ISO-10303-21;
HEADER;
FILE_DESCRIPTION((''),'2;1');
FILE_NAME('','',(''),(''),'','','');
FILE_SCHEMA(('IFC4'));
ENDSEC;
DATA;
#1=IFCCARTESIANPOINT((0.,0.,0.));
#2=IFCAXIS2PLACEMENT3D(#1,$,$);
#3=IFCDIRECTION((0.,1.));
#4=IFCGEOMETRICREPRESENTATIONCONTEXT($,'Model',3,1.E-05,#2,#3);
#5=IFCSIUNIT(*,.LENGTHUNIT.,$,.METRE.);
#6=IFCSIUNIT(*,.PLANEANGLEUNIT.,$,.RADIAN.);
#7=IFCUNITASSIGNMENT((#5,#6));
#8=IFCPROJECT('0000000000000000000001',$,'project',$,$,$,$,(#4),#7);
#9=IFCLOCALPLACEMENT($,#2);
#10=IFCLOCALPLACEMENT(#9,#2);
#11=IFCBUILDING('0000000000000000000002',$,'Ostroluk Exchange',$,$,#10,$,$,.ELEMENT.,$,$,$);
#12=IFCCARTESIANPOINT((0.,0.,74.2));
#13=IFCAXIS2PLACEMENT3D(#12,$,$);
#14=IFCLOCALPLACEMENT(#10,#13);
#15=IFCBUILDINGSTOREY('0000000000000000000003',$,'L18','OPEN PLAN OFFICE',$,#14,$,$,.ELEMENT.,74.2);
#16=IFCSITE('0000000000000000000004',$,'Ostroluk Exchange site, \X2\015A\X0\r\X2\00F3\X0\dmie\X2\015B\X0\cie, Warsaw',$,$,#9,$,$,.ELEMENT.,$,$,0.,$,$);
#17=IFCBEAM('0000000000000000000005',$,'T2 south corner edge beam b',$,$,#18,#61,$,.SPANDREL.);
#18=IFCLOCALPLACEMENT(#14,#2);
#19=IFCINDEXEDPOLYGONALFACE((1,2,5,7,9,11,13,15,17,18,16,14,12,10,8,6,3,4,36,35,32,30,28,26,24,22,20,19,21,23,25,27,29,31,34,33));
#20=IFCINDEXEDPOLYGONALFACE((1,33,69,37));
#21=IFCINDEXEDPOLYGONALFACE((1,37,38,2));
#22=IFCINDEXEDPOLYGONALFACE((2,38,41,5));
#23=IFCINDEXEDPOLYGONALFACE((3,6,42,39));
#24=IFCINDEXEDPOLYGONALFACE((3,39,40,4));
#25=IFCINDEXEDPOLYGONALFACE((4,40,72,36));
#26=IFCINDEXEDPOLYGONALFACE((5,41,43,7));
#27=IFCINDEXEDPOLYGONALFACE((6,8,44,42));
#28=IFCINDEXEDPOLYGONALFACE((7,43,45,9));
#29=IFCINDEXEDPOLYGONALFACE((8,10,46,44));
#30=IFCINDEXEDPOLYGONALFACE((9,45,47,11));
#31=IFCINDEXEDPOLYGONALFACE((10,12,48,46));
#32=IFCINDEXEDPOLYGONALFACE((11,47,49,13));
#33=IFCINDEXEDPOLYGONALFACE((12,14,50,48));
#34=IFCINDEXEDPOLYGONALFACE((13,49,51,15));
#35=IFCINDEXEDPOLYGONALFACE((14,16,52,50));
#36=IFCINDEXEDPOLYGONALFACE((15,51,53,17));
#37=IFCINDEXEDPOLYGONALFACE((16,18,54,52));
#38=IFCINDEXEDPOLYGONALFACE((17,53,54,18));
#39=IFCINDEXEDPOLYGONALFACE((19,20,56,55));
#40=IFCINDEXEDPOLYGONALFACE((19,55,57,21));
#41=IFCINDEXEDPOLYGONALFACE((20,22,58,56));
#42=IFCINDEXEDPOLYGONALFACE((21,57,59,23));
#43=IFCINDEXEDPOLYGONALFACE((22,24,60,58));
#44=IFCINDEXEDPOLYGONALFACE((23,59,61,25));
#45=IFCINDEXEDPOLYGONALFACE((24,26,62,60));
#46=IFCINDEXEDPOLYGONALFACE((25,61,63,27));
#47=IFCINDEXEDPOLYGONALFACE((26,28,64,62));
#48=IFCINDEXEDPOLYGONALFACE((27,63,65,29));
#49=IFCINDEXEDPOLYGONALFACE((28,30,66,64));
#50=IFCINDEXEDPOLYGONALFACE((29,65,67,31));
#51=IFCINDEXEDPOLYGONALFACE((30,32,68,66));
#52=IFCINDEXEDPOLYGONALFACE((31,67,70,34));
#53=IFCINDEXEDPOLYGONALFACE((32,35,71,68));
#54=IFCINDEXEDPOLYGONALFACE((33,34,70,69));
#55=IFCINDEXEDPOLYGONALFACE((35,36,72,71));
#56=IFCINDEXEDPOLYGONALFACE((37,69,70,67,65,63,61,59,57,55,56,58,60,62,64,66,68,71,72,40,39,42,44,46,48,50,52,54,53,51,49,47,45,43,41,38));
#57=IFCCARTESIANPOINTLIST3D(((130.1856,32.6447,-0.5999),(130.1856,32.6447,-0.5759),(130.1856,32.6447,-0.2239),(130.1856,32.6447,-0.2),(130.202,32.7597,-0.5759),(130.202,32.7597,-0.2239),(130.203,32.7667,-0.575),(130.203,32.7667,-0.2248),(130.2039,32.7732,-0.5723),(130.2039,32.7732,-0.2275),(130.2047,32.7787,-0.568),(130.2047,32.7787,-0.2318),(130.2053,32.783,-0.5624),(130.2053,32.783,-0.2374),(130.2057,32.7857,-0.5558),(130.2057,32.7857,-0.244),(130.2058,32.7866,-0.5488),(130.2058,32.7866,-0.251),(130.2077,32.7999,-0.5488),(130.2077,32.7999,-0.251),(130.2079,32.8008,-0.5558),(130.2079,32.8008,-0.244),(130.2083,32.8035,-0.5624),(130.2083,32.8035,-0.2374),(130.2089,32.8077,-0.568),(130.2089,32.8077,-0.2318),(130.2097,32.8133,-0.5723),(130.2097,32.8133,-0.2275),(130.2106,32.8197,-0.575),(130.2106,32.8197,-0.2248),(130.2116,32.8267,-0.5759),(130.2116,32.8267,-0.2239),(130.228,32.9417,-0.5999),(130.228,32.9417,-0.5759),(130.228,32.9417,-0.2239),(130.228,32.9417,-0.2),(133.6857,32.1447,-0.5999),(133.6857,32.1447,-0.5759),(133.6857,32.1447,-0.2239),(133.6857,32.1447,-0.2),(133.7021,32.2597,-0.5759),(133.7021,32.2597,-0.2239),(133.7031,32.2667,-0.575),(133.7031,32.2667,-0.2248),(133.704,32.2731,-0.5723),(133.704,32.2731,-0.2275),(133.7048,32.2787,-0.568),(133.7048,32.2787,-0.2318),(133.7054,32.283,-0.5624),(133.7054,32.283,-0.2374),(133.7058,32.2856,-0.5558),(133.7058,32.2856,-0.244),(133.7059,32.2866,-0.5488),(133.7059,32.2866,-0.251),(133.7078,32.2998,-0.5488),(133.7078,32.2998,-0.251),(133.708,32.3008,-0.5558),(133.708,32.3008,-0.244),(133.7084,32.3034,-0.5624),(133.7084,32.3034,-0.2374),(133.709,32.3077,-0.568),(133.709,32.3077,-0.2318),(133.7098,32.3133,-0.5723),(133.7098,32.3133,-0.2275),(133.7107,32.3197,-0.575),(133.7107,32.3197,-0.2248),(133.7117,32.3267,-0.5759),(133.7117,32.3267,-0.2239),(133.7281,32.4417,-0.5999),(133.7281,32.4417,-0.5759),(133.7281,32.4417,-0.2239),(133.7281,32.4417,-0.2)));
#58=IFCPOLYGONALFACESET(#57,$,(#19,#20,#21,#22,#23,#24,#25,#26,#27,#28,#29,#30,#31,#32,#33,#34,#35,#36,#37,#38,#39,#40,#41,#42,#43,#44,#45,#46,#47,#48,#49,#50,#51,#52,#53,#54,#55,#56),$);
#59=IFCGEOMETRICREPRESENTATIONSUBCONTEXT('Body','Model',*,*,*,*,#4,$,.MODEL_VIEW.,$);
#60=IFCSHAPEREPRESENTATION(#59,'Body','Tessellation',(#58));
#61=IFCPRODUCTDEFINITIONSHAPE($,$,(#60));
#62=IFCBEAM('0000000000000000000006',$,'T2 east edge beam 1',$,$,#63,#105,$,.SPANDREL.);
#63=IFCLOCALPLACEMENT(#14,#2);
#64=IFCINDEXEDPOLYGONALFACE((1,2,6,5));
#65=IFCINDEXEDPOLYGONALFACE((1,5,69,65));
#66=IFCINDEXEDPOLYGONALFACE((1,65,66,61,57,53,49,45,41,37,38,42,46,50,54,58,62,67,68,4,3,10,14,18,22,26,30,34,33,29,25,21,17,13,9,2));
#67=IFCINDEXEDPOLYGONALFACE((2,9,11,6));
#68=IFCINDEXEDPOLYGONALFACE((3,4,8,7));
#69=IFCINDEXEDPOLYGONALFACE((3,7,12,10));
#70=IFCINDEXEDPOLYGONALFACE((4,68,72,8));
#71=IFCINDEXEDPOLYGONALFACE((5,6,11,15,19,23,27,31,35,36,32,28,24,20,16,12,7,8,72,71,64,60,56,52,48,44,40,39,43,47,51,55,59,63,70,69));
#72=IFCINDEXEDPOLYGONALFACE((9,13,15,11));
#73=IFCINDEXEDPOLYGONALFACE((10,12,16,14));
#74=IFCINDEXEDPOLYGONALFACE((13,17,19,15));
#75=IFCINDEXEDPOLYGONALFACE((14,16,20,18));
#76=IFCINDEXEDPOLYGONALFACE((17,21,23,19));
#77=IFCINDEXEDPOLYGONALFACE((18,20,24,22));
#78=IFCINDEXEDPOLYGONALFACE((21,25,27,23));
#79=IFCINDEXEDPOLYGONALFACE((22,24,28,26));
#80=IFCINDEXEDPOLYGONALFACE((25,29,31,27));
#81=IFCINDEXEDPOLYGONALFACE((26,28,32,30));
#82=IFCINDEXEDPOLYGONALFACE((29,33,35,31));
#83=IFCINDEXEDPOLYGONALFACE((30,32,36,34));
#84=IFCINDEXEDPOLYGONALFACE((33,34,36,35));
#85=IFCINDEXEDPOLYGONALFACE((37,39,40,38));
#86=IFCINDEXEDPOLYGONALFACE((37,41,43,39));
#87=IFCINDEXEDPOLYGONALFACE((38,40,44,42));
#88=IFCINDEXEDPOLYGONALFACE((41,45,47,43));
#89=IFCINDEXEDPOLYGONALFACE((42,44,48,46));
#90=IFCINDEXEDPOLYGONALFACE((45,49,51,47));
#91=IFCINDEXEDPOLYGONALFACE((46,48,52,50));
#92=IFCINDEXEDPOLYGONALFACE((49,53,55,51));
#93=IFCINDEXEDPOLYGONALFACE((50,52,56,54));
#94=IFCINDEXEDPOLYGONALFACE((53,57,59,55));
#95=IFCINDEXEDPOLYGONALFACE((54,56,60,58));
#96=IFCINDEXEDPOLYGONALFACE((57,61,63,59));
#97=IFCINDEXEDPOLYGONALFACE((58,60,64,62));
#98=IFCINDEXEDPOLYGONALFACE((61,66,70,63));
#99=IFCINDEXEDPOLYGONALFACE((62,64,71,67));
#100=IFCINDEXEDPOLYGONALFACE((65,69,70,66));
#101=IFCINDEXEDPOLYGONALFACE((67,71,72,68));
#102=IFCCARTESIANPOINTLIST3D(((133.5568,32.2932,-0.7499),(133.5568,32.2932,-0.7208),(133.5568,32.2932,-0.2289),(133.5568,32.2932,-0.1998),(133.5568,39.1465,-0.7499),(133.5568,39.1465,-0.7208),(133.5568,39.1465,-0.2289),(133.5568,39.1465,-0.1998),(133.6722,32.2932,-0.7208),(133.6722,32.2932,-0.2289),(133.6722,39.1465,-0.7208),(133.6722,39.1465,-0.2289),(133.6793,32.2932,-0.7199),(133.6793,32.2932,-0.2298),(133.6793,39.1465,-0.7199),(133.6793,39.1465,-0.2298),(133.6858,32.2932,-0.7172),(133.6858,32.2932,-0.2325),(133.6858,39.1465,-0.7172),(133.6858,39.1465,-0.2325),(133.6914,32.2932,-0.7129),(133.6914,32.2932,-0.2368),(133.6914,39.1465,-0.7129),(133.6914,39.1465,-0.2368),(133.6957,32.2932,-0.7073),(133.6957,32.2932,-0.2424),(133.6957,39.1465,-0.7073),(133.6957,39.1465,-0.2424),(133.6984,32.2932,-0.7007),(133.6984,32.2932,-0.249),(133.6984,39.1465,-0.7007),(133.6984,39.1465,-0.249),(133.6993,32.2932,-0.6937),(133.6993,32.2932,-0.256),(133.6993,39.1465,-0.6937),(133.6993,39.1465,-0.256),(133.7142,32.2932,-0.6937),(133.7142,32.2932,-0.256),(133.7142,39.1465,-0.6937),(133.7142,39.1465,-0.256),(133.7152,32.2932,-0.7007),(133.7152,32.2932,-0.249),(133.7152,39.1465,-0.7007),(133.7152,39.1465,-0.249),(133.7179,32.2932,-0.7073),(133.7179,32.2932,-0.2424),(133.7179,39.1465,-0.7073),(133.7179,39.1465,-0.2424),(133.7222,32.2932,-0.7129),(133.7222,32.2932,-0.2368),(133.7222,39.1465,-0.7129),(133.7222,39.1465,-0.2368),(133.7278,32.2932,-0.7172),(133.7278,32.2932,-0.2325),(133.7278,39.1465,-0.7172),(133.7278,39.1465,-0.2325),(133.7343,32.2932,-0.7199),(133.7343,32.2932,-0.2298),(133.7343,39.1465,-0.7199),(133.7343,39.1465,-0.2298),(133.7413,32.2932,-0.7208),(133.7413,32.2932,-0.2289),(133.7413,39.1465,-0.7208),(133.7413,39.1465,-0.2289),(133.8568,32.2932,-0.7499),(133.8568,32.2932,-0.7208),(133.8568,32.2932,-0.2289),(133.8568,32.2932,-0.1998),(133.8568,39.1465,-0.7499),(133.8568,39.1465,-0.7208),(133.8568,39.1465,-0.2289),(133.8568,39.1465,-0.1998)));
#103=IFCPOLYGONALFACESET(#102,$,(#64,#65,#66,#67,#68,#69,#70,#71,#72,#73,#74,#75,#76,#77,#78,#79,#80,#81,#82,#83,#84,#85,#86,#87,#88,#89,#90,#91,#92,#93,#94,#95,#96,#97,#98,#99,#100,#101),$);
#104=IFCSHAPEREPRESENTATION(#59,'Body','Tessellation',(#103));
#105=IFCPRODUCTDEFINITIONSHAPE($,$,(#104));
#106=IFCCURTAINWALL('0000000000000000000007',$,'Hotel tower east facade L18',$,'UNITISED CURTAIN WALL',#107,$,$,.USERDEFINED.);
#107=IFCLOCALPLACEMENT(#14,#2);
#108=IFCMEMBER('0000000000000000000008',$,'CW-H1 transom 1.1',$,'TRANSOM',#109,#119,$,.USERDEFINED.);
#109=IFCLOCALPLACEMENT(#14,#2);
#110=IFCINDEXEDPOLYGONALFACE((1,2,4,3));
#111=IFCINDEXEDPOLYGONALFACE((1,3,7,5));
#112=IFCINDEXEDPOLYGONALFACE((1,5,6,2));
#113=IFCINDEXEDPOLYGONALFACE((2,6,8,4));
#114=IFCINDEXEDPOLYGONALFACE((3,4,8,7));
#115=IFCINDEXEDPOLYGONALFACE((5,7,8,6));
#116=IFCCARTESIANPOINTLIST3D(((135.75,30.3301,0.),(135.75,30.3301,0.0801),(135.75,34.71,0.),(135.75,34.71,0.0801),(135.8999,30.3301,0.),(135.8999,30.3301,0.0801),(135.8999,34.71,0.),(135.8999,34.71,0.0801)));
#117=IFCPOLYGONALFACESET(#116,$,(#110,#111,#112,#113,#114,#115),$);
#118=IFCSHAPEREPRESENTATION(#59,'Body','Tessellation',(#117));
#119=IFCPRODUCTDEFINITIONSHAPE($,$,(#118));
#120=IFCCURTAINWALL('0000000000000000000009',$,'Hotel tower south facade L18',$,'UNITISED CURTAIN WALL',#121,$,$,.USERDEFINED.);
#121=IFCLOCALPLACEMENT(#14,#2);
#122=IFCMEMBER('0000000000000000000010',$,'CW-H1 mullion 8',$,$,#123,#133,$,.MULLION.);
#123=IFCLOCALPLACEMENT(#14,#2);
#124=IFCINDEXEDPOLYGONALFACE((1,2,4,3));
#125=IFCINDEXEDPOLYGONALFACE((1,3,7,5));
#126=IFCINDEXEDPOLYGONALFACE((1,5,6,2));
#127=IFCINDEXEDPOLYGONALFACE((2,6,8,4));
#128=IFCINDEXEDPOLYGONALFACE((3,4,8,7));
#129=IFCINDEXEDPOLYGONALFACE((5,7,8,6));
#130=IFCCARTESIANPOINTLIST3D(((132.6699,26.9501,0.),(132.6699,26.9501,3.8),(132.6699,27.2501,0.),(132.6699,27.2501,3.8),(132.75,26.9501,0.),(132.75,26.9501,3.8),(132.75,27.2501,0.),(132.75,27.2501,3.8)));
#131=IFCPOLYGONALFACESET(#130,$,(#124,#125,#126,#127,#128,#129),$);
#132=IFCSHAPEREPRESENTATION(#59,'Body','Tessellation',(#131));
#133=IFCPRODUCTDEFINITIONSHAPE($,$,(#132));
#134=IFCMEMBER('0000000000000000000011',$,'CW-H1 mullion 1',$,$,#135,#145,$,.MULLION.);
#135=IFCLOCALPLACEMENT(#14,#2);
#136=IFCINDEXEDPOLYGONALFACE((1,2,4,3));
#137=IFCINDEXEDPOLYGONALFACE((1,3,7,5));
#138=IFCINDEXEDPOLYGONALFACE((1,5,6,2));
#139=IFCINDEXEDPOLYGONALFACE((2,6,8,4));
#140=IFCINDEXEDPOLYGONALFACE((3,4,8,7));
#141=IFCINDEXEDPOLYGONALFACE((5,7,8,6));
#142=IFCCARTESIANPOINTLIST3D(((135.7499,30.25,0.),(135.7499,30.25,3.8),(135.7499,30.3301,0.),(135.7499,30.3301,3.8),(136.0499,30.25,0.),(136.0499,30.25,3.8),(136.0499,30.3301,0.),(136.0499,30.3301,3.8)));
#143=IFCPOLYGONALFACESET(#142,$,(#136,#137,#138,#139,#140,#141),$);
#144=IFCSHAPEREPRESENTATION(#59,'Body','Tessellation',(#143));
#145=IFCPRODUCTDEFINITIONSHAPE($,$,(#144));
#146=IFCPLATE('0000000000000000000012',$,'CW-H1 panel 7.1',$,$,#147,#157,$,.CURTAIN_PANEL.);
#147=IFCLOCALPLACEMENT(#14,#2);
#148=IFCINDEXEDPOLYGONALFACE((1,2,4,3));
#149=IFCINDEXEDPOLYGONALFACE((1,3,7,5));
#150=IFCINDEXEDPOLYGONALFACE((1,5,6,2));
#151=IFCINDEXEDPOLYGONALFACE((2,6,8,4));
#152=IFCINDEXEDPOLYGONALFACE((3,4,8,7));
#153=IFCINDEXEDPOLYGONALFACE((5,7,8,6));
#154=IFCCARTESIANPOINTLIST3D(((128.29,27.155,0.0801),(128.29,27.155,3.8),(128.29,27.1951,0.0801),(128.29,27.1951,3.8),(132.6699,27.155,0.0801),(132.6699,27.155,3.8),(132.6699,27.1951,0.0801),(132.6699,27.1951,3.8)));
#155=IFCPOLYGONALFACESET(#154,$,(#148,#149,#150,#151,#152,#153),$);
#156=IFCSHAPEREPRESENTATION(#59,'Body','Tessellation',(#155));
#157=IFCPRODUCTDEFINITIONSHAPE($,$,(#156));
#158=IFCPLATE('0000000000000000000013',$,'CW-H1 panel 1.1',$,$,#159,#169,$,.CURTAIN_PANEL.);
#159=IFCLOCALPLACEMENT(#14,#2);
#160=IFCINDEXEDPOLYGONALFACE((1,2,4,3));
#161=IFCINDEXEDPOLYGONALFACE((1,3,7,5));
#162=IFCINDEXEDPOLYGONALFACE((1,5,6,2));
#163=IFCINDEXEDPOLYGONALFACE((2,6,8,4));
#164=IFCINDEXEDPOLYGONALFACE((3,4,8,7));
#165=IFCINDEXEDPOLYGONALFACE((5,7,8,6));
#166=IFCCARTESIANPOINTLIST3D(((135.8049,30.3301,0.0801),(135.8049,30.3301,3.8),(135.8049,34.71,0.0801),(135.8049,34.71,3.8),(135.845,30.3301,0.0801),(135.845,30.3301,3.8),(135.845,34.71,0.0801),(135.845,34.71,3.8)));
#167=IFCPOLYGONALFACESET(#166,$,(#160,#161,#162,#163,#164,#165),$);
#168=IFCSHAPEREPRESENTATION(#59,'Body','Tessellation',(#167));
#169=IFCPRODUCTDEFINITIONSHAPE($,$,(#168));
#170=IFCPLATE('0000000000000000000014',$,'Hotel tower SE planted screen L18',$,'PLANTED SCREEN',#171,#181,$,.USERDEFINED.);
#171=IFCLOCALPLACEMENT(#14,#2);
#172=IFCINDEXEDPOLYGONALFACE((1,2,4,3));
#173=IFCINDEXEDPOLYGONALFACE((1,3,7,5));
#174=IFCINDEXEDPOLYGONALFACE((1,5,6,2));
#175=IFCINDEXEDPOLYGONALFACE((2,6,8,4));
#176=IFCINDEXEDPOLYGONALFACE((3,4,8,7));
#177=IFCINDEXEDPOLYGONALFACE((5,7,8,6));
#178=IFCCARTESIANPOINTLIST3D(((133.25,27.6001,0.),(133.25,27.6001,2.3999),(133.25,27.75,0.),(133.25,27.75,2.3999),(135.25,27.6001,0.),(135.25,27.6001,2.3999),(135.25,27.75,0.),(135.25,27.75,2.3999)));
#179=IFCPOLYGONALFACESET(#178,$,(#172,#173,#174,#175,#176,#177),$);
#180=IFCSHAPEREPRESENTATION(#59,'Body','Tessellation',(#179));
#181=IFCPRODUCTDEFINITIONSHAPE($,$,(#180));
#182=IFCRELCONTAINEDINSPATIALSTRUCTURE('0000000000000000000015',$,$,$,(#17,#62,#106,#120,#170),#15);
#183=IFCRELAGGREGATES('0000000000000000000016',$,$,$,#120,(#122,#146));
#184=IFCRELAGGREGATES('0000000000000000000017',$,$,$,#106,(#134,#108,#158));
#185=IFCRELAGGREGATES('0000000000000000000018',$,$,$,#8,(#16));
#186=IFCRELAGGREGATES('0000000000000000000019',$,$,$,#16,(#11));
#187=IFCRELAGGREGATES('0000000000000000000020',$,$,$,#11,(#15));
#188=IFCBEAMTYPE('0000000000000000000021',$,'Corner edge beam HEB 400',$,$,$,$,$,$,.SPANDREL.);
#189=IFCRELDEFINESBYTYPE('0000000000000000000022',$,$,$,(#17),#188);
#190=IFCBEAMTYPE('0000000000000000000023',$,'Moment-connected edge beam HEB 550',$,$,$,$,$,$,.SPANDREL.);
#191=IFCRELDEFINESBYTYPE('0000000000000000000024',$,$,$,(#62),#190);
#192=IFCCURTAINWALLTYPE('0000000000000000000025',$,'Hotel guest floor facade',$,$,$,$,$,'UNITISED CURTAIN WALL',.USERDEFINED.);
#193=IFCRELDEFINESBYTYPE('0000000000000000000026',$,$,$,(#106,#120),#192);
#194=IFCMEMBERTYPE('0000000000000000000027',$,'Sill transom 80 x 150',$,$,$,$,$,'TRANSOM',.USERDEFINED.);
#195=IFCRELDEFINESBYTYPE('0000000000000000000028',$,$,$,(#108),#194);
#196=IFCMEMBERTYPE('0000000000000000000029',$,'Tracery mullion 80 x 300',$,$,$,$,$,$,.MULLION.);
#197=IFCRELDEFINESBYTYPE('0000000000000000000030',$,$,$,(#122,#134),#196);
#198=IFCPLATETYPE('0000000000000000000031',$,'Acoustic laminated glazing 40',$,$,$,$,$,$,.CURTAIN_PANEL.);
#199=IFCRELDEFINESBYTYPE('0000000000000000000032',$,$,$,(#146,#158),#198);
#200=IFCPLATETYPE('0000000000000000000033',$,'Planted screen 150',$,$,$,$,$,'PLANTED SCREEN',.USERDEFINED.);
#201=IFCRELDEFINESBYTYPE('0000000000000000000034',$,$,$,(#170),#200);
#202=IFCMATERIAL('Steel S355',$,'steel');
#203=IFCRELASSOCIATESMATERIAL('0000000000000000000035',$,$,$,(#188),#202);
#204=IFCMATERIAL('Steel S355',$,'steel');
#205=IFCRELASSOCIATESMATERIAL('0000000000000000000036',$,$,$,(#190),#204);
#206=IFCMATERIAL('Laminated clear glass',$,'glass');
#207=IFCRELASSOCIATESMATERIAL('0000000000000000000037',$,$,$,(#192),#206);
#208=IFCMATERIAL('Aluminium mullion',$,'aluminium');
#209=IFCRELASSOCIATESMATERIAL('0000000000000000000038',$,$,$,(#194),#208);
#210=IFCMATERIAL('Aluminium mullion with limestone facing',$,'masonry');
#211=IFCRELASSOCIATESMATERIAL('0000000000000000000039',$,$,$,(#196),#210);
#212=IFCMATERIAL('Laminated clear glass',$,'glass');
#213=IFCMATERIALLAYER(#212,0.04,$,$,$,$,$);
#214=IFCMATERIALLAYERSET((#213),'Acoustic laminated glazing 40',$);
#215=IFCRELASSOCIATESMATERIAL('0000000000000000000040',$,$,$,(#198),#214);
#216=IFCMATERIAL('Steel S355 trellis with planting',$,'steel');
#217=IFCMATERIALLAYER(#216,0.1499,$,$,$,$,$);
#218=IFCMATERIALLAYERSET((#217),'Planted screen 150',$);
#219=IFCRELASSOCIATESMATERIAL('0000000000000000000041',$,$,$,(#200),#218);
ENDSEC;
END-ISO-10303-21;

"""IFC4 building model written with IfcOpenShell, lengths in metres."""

from ifc_helpers import new_model, si_unit, direction, frame, origin, origin_2d, place, context, subcontext, project, spatial, rectangle, i_section, extrude, material, layer, layer_set, material_profile, profile_set, type_object, element, aggregate, save


model = new_model("IFC4")

# Units and contexts
model_context = context("Model", 3, precision=1e-05, world=origin(), true_north=direction((0.0, 1.0)))
body_context = subcontext(model_context, "Body", "Model", "MODEL_VIEW")
ifc_project = project(units=[si_unit("LENGTHUNIT", "METRE"), si_unit("PLANEANGLEUNIT", "RADIAN")], contexts=[model_context])

# Site, building, storey
site_placement = place(None, origin())
site = spatial("IfcSite", under=ifc_project, at=site_placement, Name="Ostroluk Exchange site, Śródmieście, Warsaw", CompositionType="ELEMENT", RefElevation=0.0)
building_placement = place(site_placement, origin())
building = spatial("IfcBuilding", under=site, at=building_placement, Name="Ostroluk Exchange", CompositionType="ELEMENT")
storey_placement = place(building_placement, frame((0.0, 0.0, 74.2)))
storey = spatial("IfcBuildingStorey", under=building, at=storey_placement, Name="L18", Description="OPEN PLAN OFFICE", CompositionType="ELEMENT", Elevation=74.2)

# Beams
ifc_material_1 = material(Name="Steel S355", Category="steel")
ifc_material_profile_1 = material_profile(ifc_material_1, i_section(OverallWidth=0.3, OverallDepth=0.3999, WebThickness=0.0134, FlangeThickness=0.0239, FilletRadius=0.0271, at=origin_2d()), Name="HEB 400")
ifc_profile_set_1 = profile_set([ifc_material_profile_1], Name="Steel S355")
beam_type_1 = type_object("IfcBeamType", Name="Corner edge beam HEB 400", PredefinedType="SPANDREL", material=ifc_profile_set_1)
for number, where, z_axis, x_axis, name in (
    (1, (130.2068, 32.7932, -0.3999), (0.989949, -0.141421, 0.0), (0.141421, 0.989949, 0.0), "T2 south corner edge beam b"),
):
    element("IfcBeam", number, at=place(storey_placement, frame(where, z_axis=z_axis, x_axis=x_axis)), inside=storey, type_object=beam_type_1, Name=name, PredefinedType="SPANDREL", context=body_context, shape_type="SweptSolid", body=[
        extrude(i_section(OverallWidth=0.3, OverallDepth=0.3999, WebThickness=0.0134, FlangeThickness=0.0239, FilletRadius=0.0271, at=origin_2d()), origin(), (0.0, 0.0, 1.0), 3.5356),
    ])
ifc_material_2 = material(Name="Steel S355", Category="steel")
ifc_material_profile_2 = material_profile(ifc_material_2, i_section(OverallWidth=0.3, OverallDepth=0.55, WebThickness=0.0149, FlangeThickness=0.0291, FilletRadius=0.0271, at=origin_2d()), Name="HEB 550")
ifc_profile_set_2 = profile_set([ifc_material_profile_2], Name="Steel S355")
beam_type_2 = type_object("IfcBeamType", Name="Moment-connected edge beam HEB 550", PredefinedType="SPANDREL", material=ifc_profile_set_2)
beam_1_placement = place(storey_placement, frame((133.7068, 32.2932, -0.4749), z_axis=(0.0, 1.0, 0.0), x_axis=(-1.0, 0.0, 0.0)))
element("IfcBeam", 2, at=beam_1_placement, inside=storey, type_object=beam_type_2, Name="T2 east edge beam 1", PredefinedType="SPANDREL", context=body_context, shape_type="SweptSolid", body=[
    extrude(i_section(OverallWidth=0.3, OverallDepth=0.55, WebThickness=0.0149, FlangeThickness=0.0291, FilletRadius=0.0271, at=origin_2d()), origin(), (0.0, 0.0, 1.0), 6.8533),
])

# Curtain walls, members
ifc_material_3 = material(Name="Laminated clear glass", Category="glass")
curtain_wall_type = type_object("IfcCurtainWallType", Name="Hotel guest floor facade", ElementType="UNITISED CURTAIN WALL", PredefinedType="USERDEFINED", material=ifc_material_3)
curtain_wall_1_placement = place(storey_placement, origin())
curtain_wall_1 = element("IfcCurtainWall", 3, at=curtain_wall_1_placement, inside=storey, type_object=curtain_wall_type, Name="Hotel tower east facade L18", ObjectType="UNITISED CURTAIN WALL", PredefinedType="USERDEFINED")
ifc_material_4 = material(Name="Aluminium mullion", Category="aluminium")
ifc_material_profile_3 = material_profile(ifc_material_4, rectangle(XDim=0.1499, YDim=0.0801, at=origin_2d()), Name="Sill transom 80 x 150")
ifc_profile_set_3 = profile_set([ifc_material_profile_3], Name="Aluminium mullion")
member_type_1 = type_object("IfcMemberType", Name="Sill transom 80 x 150", ElementType="TRANSOM", PredefinedType="USERDEFINED", material=ifc_profile_set_3)
member_1_placement = place(storey_placement, frame((135.825, 30.3301, 0.04), z_axis=(0.0, 1.0, 0.0), x_axis=(-1.0, 0.0, 0.0)))
member_1 = element("IfcMember", 4, at=member_1_placement, type_object=member_type_1, Name="CW-H1 transom 1.1", ObjectType="TRANSOM", PredefinedType="USERDEFINED", context=body_context, shape_type="SweptSolid", body=[
    extrude(rectangle(XDim=0.1499, YDim=0.0801, at=origin_2d()), origin(), (0.0, 0.0, 1.0), 4.3799),
])
curtain_wall_2_placement = place(storey_placement, origin())
curtain_wall_2 = element("IfcCurtainWall", 5, at=curtain_wall_2_placement, inside=storey, type_object=curtain_wall_type, Name="Hotel tower south facade L18", ObjectType="UNITISED CURTAIN WALL", PredefinedType="USERDEFINED")
ifc_material_5 = material(Name="Aluminium mullion with limestone facing", Category="masonry")
ifc_material_profile_4 = material_profile(ifc_material_5, rectangle(XDim=0.3, YDim=0.0801, at=origin_2d()), Name="Tracery mullion 80 x 300")
ifc_profile_set_4 = profile_set([ifc_material_profile_4], Name="Aluminium mullion with limestone facing")
member_type_2 = type_object("IfcMemberType", Name="Tracery mullion 80 x 300", PredefinedType="MULLION", material=ifc_profile_set_4)
member_2_placement = place(storey_placement, frame((132.71, 27.1001, 0.0), z_axis=(0.0, 0.0, 1.0), x_axis=(0.0, 1.0, 0.0)))
member_2 = element("IfcMember", 6, at=member_2_placement, type_object=member_type_2, Name="CW-H1 mullion 8", PredefinedType="MULLION", context=body_context, shape_type="SweptSolid", body=[
    extrude(rectangle(XDim=0.3, YDim=0.0801, at=origin_2d()), origin(), (0.0, 0.0, 1.0), 3.8),
])

# Member
member_3_placement = place(storey_placement, frame((135.8999, 30.29, 0.0), z_axis=(0.0, 0.0, 1.0), x_axis=(-1.0, 0.0, 0.0)))
member_3 = element("IfcMember", 7, at=member_3_placement, type_object=member_type_2, Name="CW-H1 mullion 1", PredefinedType="MULLION", context=body_context, shape_type="SweptSolid", body=[
    extrude(rectangle(XDim=0.3, YDim=0.0801, at=origin_2d()), origin(), (0.0, 0.0, 1.0), 3.8),
])

# Plates
ifc_material_6 = material(Name="Laminated clear glass", Category="glass")
ifc_layer_1 = layer(ifc_material_6, 0.04)
ifc_layer_set_1 = layer_set([ifc_layer_1], Name="Acoustic laminated glazing 40")
plate_type_1 = type_object("IfcPlateType", Name="Acoustic laminated glazing 40", PredefinedType="CURTAIN_PANEL", material=ifc_layer_set_1)
plate_1_placement = place(storey_placement, frame((130.48, 27.175, 0.0801), z_axis=(0.0, 0.0, 1.0), x_axis=(1.0, 0.0, 0.0)))
plate_1 = element("IfcPlate", 8, at=plate_1_placement, type_object=plate_type_1, Name="CW-H1 panel 7.1", PredefinedType="CURTAIN_PANEL", context=body_context, shape_type="SweptSolid", body=[
    extrude(rectangle(XDim=4.3799, YDim=0.04, at=origin_2d()), origin(), (0.0, 0.0, 1.0), 3.72),
])
aggregate(curtain_wall_2, [member_2, plate_1])
plate_2_placement = place(storey_placement, frame((135.825, 32.52, 0.0801), z_axis=(0.0, 0.0, 1.0), x_axis=(0.0, 1.0, 0.0)))
plate_2 = element("IfcPlate", 9, at=plate_2_placement, type_object=plate_type_1, Name="CW-H1 panel 1.1", PredefinedType="CURTAIN_PANEL", context=body_context, shape_type="SweptSolid", body=[
    extrude(rectangle(XDim=4.3799, YDim=0.04, at=origin_2d()), origin(), (0.0, 0.0, 1.0), 3.72),
])
aggregate(curtain_wall_1, [member_3, member_1, plate_2])
ifc_material_7 = material(Name="Steel S355 trellis with planting", Category="steel")
ifc_layer_2 = layer(ifc_material_7, 0.1499)
ifc_layer_set_2 = layer_set([ifc_layer_2], Name="Planted screen 150")
plate_type_2 = type_object("IfcPlateType", Name="Planted screen 150", ElementType="PLANTED SCREEN", PredefinedType="USERDEFINED", material=ifc_layer_set_2)
plate_3_placement = place(storey_placement, frame((134.25, 27.675, 0.0), z_axis=(0.0, 0.0, 1.0), x_axis=(1.0, 0.0, 0.0)))
element("IfcPlate", 10, at=plate_3_placement, inside=storey, type_object=plate_type_2, Name="Hotel tower SE planted screen L18", ObjectType="PLANTED SCREEN", PredefinedType="USERDEFINED", context=body_context, shape_type="SweptSolid", body=[
    extrude(rectangle(XDim=2.0, YDim=0.1499, at=origin_2d()), origin(), (0.0, 0.0, 1.0), 2.3999),
])

save(model, "model.ifc")
